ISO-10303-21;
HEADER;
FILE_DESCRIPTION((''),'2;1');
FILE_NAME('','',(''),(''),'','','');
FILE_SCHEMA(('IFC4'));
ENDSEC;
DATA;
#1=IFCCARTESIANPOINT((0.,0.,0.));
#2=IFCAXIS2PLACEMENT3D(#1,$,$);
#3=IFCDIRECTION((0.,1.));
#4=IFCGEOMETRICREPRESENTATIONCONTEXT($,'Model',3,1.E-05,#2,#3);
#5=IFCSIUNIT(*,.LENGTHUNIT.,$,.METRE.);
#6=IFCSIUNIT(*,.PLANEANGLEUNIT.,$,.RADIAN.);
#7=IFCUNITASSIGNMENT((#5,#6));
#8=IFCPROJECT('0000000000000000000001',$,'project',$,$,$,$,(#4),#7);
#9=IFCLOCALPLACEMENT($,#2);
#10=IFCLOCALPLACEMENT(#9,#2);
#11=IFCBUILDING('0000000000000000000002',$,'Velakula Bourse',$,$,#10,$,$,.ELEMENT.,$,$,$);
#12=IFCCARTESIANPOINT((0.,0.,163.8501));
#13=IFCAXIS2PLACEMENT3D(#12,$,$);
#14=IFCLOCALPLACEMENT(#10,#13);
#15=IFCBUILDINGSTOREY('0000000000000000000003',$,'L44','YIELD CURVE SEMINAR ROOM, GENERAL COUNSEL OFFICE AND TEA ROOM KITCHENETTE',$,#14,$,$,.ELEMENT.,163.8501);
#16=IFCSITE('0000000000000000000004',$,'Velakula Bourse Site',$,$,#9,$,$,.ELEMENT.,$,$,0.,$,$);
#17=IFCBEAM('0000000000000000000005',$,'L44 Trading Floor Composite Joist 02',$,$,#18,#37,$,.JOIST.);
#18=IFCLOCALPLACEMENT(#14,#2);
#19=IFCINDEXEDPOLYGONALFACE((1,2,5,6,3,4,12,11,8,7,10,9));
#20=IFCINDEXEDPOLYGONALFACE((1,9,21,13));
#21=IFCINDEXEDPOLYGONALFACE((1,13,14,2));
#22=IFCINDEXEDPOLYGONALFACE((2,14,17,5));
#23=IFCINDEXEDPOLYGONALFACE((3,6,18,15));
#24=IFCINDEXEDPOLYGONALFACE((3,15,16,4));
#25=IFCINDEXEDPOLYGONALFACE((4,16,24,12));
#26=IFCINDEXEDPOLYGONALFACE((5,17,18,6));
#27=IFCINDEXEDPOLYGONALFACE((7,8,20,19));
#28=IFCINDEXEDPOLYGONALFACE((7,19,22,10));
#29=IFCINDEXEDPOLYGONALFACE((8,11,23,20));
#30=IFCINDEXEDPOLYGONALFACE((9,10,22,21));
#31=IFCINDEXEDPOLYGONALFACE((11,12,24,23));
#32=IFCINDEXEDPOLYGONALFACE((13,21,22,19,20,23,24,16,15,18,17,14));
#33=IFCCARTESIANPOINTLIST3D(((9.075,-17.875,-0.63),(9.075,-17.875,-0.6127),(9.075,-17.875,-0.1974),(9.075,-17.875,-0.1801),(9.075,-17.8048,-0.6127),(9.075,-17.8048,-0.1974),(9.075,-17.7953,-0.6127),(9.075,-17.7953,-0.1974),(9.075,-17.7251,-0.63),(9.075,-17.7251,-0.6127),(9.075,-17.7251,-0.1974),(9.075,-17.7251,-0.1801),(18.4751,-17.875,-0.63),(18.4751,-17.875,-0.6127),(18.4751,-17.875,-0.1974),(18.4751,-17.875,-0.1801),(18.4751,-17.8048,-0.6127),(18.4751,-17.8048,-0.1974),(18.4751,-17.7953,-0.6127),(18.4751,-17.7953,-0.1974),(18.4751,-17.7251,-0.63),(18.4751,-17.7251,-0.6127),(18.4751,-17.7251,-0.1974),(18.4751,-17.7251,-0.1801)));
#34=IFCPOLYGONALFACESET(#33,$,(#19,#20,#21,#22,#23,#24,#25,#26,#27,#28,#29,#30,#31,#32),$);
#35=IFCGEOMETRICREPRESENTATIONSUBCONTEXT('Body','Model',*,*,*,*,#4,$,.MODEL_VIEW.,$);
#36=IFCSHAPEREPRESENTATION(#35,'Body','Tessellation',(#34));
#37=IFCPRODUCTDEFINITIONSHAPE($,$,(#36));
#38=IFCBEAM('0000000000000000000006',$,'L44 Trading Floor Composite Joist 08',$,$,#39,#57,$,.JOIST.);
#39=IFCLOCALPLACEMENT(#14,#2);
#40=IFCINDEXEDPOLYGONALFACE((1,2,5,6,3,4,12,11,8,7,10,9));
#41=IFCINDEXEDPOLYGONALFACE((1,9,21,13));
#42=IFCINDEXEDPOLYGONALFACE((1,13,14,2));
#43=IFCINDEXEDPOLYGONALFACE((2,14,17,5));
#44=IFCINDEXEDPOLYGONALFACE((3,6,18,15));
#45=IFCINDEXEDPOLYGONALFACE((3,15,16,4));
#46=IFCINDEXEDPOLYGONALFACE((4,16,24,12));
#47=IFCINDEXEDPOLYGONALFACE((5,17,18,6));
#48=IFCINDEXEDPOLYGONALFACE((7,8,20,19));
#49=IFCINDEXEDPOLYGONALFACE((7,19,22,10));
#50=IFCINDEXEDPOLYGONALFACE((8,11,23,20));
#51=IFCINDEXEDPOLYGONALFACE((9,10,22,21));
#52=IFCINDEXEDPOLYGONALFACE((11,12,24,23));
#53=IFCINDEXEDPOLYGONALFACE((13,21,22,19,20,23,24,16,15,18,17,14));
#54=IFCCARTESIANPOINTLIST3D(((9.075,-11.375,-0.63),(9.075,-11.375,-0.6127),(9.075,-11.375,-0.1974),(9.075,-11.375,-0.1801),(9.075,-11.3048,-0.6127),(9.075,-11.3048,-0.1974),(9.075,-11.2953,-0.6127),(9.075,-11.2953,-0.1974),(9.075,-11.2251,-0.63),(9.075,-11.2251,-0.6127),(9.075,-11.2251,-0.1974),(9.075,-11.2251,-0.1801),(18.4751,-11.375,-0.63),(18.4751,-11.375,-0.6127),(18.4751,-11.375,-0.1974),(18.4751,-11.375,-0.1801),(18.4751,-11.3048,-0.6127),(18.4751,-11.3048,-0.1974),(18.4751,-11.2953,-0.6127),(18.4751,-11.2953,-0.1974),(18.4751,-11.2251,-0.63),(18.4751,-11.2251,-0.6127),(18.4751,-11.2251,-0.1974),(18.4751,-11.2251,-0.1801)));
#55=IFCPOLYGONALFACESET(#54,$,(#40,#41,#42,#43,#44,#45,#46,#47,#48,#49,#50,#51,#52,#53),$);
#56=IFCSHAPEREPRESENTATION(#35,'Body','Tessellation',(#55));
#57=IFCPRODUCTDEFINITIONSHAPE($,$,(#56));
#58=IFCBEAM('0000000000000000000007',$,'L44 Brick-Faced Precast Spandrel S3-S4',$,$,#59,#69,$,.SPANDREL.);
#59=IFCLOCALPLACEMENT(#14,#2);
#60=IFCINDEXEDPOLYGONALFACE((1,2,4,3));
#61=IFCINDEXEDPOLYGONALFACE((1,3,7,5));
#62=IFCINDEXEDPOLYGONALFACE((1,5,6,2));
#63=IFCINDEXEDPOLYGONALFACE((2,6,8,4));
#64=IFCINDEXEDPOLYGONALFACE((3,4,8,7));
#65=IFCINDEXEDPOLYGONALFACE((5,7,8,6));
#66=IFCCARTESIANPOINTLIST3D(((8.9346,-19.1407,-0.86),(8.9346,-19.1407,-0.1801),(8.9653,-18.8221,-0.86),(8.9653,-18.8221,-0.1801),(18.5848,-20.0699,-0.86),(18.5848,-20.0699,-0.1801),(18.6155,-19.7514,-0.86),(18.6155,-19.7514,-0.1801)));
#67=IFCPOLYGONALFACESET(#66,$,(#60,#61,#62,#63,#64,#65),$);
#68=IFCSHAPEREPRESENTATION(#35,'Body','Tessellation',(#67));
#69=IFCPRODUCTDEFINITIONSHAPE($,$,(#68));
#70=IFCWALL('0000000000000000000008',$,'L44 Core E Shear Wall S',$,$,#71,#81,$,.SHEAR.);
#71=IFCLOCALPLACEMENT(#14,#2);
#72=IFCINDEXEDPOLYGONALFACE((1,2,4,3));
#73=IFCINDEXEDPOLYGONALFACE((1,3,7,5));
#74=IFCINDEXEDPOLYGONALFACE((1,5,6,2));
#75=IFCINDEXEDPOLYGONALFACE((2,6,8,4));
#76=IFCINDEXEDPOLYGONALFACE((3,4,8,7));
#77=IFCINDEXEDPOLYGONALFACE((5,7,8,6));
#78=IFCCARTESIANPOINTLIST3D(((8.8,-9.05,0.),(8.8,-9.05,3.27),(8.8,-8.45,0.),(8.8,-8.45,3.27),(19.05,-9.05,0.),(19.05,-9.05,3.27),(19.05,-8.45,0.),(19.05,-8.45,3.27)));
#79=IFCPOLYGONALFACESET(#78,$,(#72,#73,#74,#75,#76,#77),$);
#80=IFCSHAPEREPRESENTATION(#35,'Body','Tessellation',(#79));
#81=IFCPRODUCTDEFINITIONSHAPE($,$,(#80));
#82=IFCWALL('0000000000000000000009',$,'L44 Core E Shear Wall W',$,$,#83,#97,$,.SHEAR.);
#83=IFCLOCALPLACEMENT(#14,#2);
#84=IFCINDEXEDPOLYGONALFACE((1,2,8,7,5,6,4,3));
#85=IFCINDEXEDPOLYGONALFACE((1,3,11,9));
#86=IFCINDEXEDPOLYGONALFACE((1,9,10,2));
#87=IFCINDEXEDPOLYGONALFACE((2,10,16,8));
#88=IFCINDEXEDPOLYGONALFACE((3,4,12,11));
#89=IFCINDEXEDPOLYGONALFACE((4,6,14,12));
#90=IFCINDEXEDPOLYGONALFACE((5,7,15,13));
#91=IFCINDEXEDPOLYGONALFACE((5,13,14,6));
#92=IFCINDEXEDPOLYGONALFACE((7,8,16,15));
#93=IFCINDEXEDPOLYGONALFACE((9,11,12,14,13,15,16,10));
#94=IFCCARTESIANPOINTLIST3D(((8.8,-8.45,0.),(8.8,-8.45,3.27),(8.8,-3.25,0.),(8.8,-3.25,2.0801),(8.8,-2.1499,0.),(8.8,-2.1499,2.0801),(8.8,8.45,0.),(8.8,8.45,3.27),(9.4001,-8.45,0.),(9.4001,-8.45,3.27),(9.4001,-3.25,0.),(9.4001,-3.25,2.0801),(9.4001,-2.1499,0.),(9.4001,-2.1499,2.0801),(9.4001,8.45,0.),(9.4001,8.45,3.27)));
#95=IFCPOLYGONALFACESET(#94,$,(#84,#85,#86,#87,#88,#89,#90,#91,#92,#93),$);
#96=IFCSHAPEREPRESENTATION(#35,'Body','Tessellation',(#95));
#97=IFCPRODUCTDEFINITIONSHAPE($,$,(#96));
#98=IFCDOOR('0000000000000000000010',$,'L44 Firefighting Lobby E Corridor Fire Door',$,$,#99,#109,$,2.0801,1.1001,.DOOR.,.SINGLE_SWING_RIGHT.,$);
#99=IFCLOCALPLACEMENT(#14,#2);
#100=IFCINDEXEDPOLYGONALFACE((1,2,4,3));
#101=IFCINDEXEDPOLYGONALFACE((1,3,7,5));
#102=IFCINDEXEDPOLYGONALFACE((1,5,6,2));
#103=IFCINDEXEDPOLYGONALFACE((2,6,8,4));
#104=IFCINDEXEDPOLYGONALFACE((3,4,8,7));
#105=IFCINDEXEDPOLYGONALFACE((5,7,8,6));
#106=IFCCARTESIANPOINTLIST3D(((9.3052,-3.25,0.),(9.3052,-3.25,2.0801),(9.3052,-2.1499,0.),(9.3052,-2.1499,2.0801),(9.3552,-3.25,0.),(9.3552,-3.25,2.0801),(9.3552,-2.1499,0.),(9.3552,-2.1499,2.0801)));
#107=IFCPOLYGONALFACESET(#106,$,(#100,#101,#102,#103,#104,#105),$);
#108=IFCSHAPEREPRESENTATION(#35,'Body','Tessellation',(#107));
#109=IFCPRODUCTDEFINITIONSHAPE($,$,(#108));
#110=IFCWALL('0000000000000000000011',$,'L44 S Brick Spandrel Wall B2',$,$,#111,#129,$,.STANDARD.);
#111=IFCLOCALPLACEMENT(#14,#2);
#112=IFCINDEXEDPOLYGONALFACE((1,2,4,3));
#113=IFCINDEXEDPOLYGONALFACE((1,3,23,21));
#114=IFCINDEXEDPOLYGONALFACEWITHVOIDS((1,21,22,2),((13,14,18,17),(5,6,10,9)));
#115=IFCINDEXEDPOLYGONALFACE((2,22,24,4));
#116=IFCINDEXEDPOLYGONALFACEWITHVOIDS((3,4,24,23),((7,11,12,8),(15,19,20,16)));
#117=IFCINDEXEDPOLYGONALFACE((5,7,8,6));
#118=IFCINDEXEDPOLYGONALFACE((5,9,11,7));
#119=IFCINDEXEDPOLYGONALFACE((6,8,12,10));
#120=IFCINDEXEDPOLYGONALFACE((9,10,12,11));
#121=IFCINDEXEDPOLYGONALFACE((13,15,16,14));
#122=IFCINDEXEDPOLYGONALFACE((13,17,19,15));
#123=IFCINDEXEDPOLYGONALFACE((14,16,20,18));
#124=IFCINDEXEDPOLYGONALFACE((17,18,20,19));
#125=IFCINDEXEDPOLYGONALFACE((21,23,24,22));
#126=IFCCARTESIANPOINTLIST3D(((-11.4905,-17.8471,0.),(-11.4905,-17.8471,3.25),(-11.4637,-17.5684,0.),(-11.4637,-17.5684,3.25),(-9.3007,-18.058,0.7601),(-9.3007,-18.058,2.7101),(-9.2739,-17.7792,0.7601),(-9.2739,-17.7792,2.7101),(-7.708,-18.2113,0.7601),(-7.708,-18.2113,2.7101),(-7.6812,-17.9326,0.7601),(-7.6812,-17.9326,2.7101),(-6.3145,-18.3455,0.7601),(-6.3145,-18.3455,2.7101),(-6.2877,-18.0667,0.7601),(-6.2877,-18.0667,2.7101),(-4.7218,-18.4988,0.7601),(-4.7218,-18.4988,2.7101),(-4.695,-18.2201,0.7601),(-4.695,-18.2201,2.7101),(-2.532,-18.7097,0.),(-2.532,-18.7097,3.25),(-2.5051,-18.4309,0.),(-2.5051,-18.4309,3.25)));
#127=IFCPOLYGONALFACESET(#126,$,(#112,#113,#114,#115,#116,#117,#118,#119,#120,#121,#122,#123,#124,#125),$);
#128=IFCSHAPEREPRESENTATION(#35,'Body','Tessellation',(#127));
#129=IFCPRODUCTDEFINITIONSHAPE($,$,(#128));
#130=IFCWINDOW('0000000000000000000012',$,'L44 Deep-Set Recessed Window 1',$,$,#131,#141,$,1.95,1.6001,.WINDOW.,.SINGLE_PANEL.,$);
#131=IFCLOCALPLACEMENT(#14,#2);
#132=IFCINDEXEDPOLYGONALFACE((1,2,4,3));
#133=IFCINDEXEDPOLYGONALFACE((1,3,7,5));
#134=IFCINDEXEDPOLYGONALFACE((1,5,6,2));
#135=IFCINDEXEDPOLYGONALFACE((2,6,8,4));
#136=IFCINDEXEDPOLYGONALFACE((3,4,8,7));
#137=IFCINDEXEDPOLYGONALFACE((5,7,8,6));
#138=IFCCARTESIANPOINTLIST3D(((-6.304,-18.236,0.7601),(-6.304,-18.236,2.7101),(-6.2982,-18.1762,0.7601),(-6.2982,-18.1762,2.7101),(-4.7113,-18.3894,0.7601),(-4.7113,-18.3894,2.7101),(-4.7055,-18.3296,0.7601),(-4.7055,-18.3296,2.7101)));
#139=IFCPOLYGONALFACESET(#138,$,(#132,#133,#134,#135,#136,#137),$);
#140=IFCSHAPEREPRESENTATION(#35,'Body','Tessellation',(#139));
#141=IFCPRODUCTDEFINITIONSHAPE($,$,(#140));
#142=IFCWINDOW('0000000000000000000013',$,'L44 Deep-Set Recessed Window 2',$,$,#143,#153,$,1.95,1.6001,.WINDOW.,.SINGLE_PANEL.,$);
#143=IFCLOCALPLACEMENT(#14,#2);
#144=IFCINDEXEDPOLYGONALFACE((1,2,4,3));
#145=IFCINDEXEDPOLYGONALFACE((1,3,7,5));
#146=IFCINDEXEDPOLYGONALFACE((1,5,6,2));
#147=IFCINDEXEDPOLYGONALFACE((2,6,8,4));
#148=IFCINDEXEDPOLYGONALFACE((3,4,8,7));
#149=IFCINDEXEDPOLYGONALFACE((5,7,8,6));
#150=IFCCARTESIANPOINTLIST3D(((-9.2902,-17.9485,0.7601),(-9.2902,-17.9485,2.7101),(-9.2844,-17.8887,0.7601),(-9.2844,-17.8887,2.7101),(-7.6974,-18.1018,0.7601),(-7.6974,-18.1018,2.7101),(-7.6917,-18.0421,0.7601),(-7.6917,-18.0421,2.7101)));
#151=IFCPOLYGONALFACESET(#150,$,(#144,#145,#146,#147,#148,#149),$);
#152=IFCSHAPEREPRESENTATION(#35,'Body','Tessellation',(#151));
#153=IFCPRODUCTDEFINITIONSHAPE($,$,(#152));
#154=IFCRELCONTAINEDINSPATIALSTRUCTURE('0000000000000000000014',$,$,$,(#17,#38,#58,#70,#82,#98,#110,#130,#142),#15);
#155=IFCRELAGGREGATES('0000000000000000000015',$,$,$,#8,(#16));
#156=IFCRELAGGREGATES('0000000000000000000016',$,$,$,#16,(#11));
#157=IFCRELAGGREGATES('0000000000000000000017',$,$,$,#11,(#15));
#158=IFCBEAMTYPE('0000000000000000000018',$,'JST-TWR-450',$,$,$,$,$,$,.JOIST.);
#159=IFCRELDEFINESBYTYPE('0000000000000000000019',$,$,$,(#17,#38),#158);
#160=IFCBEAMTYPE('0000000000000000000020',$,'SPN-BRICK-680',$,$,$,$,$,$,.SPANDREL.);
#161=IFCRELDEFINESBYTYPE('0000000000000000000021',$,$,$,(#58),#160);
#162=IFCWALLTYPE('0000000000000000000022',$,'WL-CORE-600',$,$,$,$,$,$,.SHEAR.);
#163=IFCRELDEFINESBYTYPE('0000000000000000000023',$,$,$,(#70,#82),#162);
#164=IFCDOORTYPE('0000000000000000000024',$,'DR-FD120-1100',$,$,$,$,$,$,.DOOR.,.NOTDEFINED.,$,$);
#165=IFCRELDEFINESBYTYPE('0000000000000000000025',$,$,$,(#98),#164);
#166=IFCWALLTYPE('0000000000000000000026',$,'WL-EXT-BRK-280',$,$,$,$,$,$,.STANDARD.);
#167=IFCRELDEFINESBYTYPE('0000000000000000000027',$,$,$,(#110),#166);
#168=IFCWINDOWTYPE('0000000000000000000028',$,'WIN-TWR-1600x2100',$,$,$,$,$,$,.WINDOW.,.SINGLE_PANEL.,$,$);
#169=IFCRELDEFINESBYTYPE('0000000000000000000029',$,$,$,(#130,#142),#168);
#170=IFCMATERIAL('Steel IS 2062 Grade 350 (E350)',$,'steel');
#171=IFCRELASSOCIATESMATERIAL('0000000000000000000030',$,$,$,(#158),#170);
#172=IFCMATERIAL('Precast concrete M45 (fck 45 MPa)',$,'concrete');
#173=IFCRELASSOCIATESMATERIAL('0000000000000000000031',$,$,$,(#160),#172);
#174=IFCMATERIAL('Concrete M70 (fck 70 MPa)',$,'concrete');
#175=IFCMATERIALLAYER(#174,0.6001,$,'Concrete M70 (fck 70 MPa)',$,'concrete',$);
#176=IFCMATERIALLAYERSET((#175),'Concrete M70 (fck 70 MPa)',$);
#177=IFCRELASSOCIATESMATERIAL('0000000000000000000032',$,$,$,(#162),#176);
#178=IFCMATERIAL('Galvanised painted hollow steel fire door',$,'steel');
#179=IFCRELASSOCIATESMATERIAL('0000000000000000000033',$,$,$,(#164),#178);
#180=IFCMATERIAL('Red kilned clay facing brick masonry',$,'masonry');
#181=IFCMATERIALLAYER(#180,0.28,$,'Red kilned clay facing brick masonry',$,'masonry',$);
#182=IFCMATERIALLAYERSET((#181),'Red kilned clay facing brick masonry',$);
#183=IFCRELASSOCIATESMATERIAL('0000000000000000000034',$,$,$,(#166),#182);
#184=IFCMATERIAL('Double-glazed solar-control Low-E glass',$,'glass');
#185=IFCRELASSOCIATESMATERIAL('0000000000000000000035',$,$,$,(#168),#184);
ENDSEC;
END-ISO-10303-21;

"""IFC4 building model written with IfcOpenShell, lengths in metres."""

from ifc_helpers import new_model, si_unit, direction, frame, frame_2d, origin, origin_2d, place, context, subcontext, project, spatial, rectangle, i_section, extrude, material, layer, layer_set, material_profile, profile_set, type_object, element, fill, save


model = new_model("IFC4")

# Units and contexts
model_context = context("Model", 3, precision=1e-05, world=origin(), true_north=direction((0.0, 1.0)))
body_context = subcontext(model_context, "Body", "Model", "MODEL_VIEW")
ifc_project = project(units=[si_unit("LENGTHUNIT", "METRE"), si_unit("PLANEANGLEUNIT", "RADIAN")], contexts=[model_context])

# Site, building, storey
site_placement = place(None, origin())
site = spatial("IfcSite", under=ifc_project, at=site_placement, Name="Velakula Bourse Site", CompositionType="ELEMENT", RefElevation=0.0)
building_placement = place(site_placement, origin())
building = spatial("IfcBuilding", under=site, at=building_placement, Name="Velakula Bourse", CompositionType="ELEMENT")
storey_placement = place(building_placement, frame((0.0, 0.0, 163.8501)))
storey = spatial("IfcBuildingStorey", under=building, at=storey_placement, Name="L44", Description="YIELD CURVE SEMINAR ROOM, GENERAL COUNSEL OFFICE AND TEA ROOM KITCHENETTE", CompositionType="ELEMENT", Elevation=163.8501)

# Shared definitions
ifc_material_1 = material(Name="Concrete M70 (fck 70 MPa)", Category="concrete")
ifc_material_2 = material(Name="Steel IS 2062 Grade 350 (E350)", Category="steel")

# Beams
ifc_material_profile_1 = material_profile(ifc_material_2, i_section(OverallWidth=0.1499, OverallDepth=0.45, WebThickness=0.0095, FlangeThickness=0.0173, at=origin_2d()), Name="Steel IS 2062 Grade 350 (E350)")
ifc_profile_set_1 = profile_set([ifc_material_profile_1], Name="Steel IS 2062 Grade 350 (E350)")
beam_type_1 = type_object("IfcBeamType", Name="JST-TWR-450", PredefinedType="JOIST", material=ifc_profile_set_1)
for number, where, z_axis, x_axis, name in (
    (1, (9.075, -17.8, -0.405), (1.0, 0.0, 0.0), (0.0, 1.0, 0.0), "L44 Trading Floor Composite Joist 02"),
    (2, (9.075, -11.3, -0.405), (1.0, 0.0, 0.0), (0.0, 1.0, 0.0), "L44 Trading Floor Composite Joist 08"),
):
    element("IfcBeam", number, at=place(storey_placement, frame(where, z_axis=z_axis, x_axis=x_axis)), inside=storey, type_object=beam_type_1, Name=name, PredefinedType="JOIST", context=body_context, shape_type="SweptSolid", body=[
        extrude(i_section(OverallWidth=0.1499, OverallDepth=0.45, WebThickness=0.0095, FlangeThickness=0.0173, at=origin_2d()), origin(), (0.0, 0.0, 1.0), 9.4001),
    ])
ifc_material_3 = material(Name="Precast concrete M45 (fck 45 MPa)", Category="concrete")
ifc_material_profile_2 = material_profile(ifc_material_3, rectangle(XDim=0.3201, YDim=0.6799, at=origin_2d()), Name="Precast concrete M45 (fck 45 MPa)")
ifc_profile_set_2 = profile_set([ifc_material_profile_2], Name="Precast concrete M45 (fck 45 MPa)")
beam_type_2 = type_object("IfcBeamType", Name="SPN-BRICK-680", PredefinedType="SPANDREL", material=ifc_profile_set_2)
beam_1_placement = place(storey_placement, frame((8.95, -18.9814, -0.52), z_axis=(0.995396, -0.095845, 0.0), x_axis=(0.095845, 0.995396, 0.0)))
element("IfcBeam", 3, at=beam_1_placement, inside=storey, type_object=beam_type_2, Name="L44 Brick-Faced Precast Spandrel S3-S4", PredefinedType="SPANDREL", context=body_context, shape_type="SweptSolid", body=[
    extrude(rectangle(XDim=0.3201, YDim=0.6799, at=origin_2d()), origin(), (0.0, 0.0, 1.0), 9.6948),
])

# Wall
ifc_layer_1 = layer(ifc_material_1, 0.6001, Name="Concrete M70 (fck 70 MPa)", Category="concrete")
ifc_layer_set_1 = layer_set([ifc_layer_1], Name="Concrete M70 (fck 70 MPa)")
wall_type_1 = type_object("IfcWallType", Name="WL-CORE-600", PredefinedType="SHEAR", material=ifc_layer_set_1)
wall_1_placement = place(storey_placement, frame((8.8, -8.75, 0.0), z_axis=(0.0, 0.0, 1.0), x_axis=(1.0, 0.0, 0.0)))
element("IfcWall", 4, at=wall_1_placement, inside=storey, type_object=wall_type_1, Name="L44 Core E Shear Wall S", PredefinedType="SHEAR", context=body_context, shape_type="SweptSolid", body=[
    extrude(rectangle(XDim=10.25, YDim=0.6001, at=frame_2d((5.125, 0.0))), origin(), (0.0, 0.0, 1.0), 3.27),
])

# Wall, opening, door
wall_2_placement = place(storey_placement, frame((9.1001, -8.45, 0.0), z_axis=(0.0, 0.0, 1.0), x_axis=(0.0, 1.0, 0.0)))
wall_2 = element("IfcWall", 5, at=wall_2_placement, inside=storey, type_object=wall_type_1, Name="L44 Core E Shear Wall W", PredefinedType="SHEAR", context=body_context, shape_type="SweptSolid", body=[
    extrude(rectangle(XDim=16.8999, YDim=0.6001, at=frame_2d((8.45, 0.0))), origin(), (0.0, 0.0, 1.0), 3.27),
])
opening_1_placement = place(wall_2_placement, frame((5.2, 0.0, 0.0)))
opening_1 = element("IfcOpeningElement", 6, at=opening_1_placement, cuts=wall_2, PredefinedType="OPENING", context=body_context, shape_type="SweptSolid", body=[
    extrude(rectangle(XDim=1.1001, YDim=2.0801, at=frame_2d((0.55, 1.04))), frame((0.0, 0.3101, 0.0), z_axis=(0.0, -1.0, 0.0), x_axis=(1.0, 0.0, 0.0)), (0.0, 0.0, 1.0), 0.6201),
])
ifc_material_4 = material(Name="Galvanised painted hollow steel fire door", Category="steel")
door_type_1 = type_object("IfcDoorType", Name="DR-FD120-1100", OperationType="NOTDEFINED", PredefinedType="DOOR", material=ifc_material_4)
door_1_placement = place(opening_1_placement, origin())
door_1 = element("IfcDoor", 7, at=door_1_placement, inside=storey, type_object=door_type_1, Name="L44 Firefighting Lobby E Corridor Fire Door", OperationType="SINGLE_SWING_RIGHT", OverallHeight=2.0801, OverallWidth=1.1001, PredefinedType="DOOR", context=body_context, shape_type="SweptSolid", body=[
    extrude(rectangle(XDim=1.1001, YDim=2.0801, at=frame_2d((0.55, 1.04))), frame((0.0, -0.2051, 0.0), z_axis=(0.0, -1.0, 0.0), x_axis=(1.0, 0.0, 0.0)), (0.0, 0.0, 1.0), 0.05),
])
fill(opening_1, door_1)

# Wall, openings, windows
ifc_material_5 = material(Name="Red kilned clay facing brick masonry", Category="masonry")
ifc_layer_2 = layer(ifc_material_5, 0.28, Name="Red kilned clay facing brick masonry", Category="masonry")
ifc_layer_set_2 = layer_set([ifc_layer_2], Name="Red kilned clay facing brick masonry")
wall_type_2 = type_object("IfcWallType", Name="WL-EXT-BRK-280", PredefinedType="STANDARD", material=ifc_layer_set_2)
wall_3_placement = place(storey_placement, frame((-2.5186, -18.5703, 0.0), z_axis=(0.0, 0.0, 1.0), x_axis=(-0.995397, 0.09584, 0.0)))
wall_3 = element("IfcWall", 8, at=wall_3_placement, inside=storey, type_object=wall_type_2, Name="L44 S Brick Spandrel Wall B2", PredefinedType="STANDARD", context=body_context, shape_type="SweptSolid", body=[
    extrude(rectangle(XDim=9.0, YDim=0.28, at=frame_2d((4.5, 0.0))), origin(), (0.0, 0.0, 1.0), 3.25),
])
opening_2_placement = place(wall_3_placement, frame((2.2, 0.0, 0.76)))
opening_2 = element("IfcOpeningElement", 9, at=opening_2_placement, cuts=wall_3, PredefinedType="OPENING", context=body_context, shape_type="SweptSolid", body=[
    extrude(rectangle(XDim=1.6001, YDim=1.95, at=frame_2d((0.8, 0.9751))), frame((0.0, 0.1499, 0.0), z_axis=(0.0, -1.0, 0.0), x_axis=(1.0, 0.0, 0.0)), (0.0, 0.0, 1.0), 0.3),
])
opening_3_placement = place(wall_3_placement, frame((5.2, 0.0, 0.76)))
opening_3 = element("IfcOpeningElement", 10, at=opening_3_placement, cuts=wall_3, PredefinedType="OPENING", context=body_context, shape_type="SweptSolid", body=[
    extrude(rectangle(XDim=1.6001, YDim=1.95, at=frame_2d((0.8, 0.9751))), frame((0.0, 0.1499, 0.0), z_axis=(0.0, -1.0, 0.0), x_axis=(1.0, 0.0, 0.0)), (0.0, 0.0, 1.0), 0.3),
])
ifc_material_6 = material(Name="Double-glazed solar-control Low-E glass", Category="glass")
window_type = type_object("IfcWindowType", Name="WIN-TWR-1600x2100", PartitioningType="SINGLE_PANEL", PredefinedType="WINDOW", material=ifc_material_6)
window_1_placement = place(opening_2_placement, origin())
window_1 = element("IfcWindow", 11, at=window_1_placement, inside=storey, type_object=window_type, Name="L44 Deep-Set Recessed Window 1", OverallHeight=1.95, OverallWidth=1.6001, PartitioningType="SINGLE_PANEL", PredefinedType="WINDOW", context=body_context, shape_type="SweptSolid", body=[
    extrude(rectangle(XDim=1.6001, YDim=1.95, at=frame_2d((0.8, 0.9751))), frame((0.0, 0.03, 0.0), z_axis=(0.0, -1.0, 0.0), x_axis=(1.0, 0.0, 0.0)), (0.0, 0.0, 1.0), 0.0601),
])
fill(opening_2, window_1)
window_2_placement = place(opening_3_placement, origin())
window_2 = element("IfcWindow", 12, at=window_2_placement, inside=storey, type_object=window_type, Name="L44 Deep-Set Recessed Window 2", OverallHeight=1.95, OverallWidth=1.6001, PartitioningType="SINGLE_PANEL", PredefinedType="WINDOW", context=body_context, shape_type="SweptSolid", body=[
    extrude(rectangle(XDim=1.6001, YDim=1.95, at=frame_2d((0.8, 0.9751))), frame((0.0, 0.03, 0.0), z_axis=(0.0, -1.0, 0.0), x_axis=(1.0, 0.0, 0.0)), (0.0, 0.0, 1.0), 0.0601),
])
fill(opening_3, window_2)

save(model, "model.ifc")
